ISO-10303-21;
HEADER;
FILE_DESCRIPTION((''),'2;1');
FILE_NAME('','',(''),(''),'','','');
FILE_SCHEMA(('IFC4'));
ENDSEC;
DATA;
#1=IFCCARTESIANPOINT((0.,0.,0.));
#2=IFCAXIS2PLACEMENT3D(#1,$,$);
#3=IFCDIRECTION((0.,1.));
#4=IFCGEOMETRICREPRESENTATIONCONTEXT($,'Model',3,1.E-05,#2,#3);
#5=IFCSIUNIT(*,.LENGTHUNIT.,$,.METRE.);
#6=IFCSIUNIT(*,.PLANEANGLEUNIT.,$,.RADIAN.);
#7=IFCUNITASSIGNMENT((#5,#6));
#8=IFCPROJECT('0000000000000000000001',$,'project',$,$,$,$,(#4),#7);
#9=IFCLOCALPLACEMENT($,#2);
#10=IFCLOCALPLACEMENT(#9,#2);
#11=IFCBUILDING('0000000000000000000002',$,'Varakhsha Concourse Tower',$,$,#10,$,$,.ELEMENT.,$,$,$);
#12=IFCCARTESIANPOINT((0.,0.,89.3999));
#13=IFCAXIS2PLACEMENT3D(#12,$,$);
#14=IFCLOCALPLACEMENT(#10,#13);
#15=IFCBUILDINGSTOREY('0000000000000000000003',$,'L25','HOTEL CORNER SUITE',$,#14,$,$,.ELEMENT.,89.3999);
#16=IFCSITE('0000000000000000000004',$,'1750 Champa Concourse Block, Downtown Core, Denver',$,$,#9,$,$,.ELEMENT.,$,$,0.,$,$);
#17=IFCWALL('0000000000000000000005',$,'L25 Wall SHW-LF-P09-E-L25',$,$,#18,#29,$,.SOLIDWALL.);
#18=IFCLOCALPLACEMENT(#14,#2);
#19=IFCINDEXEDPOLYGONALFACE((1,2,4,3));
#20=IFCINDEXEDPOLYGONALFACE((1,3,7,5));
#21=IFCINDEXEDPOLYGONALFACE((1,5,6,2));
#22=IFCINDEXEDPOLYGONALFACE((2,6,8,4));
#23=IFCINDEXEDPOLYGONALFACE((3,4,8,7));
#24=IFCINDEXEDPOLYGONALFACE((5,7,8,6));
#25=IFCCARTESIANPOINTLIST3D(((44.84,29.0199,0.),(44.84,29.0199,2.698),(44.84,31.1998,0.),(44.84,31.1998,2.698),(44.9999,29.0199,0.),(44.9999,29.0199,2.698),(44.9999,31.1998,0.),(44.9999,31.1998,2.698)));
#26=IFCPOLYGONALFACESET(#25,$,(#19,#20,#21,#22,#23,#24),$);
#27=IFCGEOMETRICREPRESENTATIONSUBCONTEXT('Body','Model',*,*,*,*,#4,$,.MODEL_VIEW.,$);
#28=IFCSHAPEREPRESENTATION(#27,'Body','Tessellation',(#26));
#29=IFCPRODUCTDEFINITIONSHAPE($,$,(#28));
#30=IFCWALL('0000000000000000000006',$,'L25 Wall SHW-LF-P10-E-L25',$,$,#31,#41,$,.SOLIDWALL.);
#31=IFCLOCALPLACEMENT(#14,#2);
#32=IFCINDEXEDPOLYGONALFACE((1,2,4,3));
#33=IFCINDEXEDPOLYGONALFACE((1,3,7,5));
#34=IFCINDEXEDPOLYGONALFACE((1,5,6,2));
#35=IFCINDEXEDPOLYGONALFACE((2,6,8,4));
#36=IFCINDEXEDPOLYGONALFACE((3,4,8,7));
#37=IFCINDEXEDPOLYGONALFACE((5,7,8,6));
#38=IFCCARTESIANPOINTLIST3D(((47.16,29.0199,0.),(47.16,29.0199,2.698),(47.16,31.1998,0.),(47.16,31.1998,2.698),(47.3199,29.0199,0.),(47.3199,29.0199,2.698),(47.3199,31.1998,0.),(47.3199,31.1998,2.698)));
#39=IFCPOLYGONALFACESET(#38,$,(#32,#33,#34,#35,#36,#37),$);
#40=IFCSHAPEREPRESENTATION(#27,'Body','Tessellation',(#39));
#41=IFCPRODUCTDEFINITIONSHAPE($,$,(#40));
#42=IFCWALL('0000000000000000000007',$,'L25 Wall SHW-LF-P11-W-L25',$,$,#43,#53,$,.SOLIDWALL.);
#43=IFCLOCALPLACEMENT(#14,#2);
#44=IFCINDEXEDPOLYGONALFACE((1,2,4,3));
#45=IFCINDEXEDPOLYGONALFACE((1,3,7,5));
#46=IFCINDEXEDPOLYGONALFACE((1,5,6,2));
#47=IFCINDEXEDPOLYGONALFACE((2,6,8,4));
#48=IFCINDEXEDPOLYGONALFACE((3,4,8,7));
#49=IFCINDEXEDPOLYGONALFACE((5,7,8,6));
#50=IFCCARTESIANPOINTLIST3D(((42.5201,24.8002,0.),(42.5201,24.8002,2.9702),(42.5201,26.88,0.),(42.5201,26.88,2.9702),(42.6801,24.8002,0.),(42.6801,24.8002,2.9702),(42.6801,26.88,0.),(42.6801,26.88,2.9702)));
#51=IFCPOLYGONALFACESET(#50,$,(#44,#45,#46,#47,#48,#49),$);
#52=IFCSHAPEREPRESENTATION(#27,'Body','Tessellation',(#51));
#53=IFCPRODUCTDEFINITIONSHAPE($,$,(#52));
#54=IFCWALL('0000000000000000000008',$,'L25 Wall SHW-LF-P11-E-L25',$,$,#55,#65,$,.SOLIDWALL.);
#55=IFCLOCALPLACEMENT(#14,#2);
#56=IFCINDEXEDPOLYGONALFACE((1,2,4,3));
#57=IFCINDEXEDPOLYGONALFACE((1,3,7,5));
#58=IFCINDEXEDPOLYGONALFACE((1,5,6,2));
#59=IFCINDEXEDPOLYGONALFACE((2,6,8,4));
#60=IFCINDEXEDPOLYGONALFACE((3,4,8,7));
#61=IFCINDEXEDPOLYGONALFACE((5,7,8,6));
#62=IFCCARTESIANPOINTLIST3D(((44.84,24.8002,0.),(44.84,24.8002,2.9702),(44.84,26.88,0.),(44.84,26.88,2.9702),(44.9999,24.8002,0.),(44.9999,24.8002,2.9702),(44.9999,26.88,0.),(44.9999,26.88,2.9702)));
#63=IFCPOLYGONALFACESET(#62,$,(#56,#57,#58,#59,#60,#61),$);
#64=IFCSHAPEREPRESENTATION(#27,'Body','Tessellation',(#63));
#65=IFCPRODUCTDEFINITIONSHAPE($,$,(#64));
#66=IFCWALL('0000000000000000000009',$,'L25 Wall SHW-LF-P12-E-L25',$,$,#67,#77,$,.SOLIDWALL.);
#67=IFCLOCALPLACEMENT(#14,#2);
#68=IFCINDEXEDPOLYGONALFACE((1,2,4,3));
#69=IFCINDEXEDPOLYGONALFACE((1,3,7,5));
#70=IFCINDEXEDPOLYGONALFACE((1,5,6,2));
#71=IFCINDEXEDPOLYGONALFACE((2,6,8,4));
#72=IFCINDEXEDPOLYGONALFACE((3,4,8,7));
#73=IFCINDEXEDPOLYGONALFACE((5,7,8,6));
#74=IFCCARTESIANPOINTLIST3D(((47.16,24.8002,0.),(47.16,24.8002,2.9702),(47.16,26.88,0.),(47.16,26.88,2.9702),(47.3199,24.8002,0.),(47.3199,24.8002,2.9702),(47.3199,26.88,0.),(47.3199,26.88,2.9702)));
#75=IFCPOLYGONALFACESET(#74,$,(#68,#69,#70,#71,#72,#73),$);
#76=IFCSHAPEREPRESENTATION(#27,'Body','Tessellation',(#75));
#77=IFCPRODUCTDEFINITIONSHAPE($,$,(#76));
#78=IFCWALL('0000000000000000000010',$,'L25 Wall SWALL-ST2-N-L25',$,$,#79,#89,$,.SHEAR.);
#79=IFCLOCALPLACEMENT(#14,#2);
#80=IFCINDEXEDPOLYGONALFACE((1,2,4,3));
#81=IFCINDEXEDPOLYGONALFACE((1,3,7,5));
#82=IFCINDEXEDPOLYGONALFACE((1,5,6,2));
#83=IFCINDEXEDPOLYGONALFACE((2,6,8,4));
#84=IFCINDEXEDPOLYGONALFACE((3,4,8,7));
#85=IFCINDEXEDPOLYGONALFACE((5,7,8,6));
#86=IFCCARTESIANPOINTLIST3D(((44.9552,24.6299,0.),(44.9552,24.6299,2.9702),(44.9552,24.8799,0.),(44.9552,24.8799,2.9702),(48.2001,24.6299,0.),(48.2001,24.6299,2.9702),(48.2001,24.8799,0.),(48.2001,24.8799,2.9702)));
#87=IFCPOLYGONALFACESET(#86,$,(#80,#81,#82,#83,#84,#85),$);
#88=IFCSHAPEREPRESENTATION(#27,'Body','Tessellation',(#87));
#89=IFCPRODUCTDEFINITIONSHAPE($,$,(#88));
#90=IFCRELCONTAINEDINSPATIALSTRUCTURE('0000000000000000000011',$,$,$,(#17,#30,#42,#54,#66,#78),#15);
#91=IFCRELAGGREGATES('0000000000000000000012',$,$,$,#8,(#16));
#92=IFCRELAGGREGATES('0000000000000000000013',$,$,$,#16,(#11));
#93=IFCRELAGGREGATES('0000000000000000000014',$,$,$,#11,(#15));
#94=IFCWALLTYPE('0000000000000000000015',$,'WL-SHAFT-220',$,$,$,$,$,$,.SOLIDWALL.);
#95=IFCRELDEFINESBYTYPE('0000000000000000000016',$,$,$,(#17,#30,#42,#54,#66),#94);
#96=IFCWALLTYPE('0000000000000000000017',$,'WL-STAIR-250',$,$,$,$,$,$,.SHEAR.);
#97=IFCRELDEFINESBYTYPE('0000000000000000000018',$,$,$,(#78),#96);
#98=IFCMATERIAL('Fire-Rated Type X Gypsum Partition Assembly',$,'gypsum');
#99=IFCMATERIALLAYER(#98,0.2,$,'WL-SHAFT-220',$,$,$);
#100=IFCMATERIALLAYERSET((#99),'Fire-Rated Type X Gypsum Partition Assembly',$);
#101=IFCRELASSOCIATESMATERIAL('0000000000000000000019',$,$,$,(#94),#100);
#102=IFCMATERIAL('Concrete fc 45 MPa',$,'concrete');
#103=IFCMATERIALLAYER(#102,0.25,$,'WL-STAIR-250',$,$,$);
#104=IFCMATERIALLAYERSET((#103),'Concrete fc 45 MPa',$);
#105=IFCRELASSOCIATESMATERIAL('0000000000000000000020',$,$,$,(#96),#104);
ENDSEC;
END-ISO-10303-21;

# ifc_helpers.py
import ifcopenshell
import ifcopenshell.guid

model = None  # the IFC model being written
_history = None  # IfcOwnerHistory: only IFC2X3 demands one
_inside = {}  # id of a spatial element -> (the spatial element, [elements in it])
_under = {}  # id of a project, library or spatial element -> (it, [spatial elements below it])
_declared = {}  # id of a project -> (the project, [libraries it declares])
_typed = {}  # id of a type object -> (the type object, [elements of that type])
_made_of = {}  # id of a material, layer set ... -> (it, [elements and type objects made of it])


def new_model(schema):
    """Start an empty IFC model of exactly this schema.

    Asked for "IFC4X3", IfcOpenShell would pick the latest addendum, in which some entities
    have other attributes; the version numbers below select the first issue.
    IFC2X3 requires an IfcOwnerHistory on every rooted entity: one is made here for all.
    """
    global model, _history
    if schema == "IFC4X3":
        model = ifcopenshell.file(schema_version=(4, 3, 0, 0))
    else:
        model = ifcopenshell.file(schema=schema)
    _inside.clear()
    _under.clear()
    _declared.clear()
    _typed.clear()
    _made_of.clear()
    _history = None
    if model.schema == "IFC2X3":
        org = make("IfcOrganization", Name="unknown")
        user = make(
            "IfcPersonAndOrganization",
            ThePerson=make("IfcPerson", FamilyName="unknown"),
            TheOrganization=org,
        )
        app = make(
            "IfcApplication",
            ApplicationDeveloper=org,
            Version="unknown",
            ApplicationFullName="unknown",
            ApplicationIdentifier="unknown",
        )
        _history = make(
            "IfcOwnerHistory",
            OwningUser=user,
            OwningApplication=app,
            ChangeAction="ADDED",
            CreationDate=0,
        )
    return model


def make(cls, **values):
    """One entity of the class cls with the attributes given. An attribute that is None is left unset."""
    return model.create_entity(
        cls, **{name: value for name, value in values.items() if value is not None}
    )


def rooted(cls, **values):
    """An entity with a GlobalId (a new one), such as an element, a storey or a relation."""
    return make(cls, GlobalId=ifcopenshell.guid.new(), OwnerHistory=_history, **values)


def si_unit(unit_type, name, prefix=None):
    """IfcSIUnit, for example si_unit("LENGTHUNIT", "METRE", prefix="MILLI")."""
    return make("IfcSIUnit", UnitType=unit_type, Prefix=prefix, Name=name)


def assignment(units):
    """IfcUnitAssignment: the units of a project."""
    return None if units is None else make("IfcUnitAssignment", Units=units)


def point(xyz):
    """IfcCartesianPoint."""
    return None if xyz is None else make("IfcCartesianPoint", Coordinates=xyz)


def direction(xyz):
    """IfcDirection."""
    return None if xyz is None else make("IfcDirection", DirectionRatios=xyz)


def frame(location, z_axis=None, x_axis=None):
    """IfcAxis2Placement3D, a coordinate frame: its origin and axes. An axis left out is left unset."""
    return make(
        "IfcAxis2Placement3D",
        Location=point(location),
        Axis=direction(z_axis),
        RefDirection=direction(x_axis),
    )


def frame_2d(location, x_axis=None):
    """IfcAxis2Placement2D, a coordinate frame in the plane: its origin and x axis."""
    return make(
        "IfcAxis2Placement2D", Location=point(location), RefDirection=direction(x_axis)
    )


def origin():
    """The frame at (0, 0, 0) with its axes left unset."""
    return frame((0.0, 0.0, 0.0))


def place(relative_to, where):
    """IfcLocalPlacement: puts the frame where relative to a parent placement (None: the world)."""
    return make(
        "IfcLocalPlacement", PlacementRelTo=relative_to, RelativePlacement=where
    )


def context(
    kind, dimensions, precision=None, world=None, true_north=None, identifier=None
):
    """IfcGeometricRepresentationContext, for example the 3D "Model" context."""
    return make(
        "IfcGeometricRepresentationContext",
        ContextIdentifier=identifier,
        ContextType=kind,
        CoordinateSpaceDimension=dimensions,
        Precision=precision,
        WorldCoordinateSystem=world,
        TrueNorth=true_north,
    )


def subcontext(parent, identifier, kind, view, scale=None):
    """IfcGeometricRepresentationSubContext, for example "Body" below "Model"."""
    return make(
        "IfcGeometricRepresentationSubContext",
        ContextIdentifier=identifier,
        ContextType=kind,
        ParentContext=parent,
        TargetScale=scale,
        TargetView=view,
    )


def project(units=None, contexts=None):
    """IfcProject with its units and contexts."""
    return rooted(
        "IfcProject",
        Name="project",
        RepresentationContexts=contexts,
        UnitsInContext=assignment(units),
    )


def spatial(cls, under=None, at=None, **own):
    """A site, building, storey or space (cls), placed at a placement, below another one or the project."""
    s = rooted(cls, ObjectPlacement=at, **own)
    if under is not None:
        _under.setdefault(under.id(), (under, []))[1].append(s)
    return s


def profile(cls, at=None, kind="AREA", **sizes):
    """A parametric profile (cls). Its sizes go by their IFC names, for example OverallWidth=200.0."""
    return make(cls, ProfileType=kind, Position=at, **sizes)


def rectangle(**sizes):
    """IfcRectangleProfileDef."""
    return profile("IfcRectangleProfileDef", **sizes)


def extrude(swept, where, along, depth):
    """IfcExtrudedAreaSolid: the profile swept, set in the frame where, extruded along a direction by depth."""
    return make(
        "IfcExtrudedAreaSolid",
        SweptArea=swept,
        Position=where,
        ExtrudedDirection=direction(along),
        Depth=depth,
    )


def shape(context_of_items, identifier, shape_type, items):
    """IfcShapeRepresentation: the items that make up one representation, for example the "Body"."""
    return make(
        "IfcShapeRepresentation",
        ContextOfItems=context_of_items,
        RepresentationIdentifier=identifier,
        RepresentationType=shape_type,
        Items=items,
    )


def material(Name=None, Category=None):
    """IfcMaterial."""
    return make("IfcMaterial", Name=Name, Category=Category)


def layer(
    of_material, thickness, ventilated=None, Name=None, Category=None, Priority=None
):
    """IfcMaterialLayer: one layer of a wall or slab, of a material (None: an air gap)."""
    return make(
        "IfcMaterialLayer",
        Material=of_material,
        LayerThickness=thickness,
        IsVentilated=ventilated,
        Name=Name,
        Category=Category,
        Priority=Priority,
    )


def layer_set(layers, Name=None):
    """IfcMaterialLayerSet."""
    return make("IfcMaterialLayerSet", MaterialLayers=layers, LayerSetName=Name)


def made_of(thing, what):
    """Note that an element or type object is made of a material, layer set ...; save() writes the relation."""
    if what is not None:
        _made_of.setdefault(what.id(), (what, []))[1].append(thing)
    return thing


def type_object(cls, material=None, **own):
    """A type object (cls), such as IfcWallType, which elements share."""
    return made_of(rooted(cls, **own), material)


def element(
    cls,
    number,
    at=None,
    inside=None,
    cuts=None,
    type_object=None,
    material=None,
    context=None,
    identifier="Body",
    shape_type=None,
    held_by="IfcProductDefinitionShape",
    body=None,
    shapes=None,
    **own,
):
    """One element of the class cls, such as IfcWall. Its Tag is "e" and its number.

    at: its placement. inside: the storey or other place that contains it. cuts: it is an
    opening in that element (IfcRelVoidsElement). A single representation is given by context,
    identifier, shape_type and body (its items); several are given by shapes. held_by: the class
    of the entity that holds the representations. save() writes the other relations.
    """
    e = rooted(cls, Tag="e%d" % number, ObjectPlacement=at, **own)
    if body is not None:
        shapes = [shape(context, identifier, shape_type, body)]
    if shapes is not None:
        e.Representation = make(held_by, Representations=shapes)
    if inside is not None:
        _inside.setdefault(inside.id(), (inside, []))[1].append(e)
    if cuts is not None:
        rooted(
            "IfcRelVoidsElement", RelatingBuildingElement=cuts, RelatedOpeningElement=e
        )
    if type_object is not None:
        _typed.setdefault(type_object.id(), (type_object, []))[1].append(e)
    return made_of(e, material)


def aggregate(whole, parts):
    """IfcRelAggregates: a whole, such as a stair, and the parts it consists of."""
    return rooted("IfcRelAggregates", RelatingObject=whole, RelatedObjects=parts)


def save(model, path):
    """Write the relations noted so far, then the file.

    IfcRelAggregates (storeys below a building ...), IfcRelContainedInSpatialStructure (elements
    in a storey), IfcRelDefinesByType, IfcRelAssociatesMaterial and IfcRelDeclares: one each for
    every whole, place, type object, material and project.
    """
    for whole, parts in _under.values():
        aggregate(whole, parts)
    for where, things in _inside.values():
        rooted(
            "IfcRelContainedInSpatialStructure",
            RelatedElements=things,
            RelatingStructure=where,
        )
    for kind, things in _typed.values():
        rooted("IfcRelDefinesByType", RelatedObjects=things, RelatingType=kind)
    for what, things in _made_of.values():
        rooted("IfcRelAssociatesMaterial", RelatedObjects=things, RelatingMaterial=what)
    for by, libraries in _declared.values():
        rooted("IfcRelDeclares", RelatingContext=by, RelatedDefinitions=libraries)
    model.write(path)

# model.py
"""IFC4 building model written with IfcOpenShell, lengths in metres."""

from ifc_helpers import new_model, si_unit, direction, frame, frame_2d, origin, place, context, subcontext, project, spatial, rectangle, extrude, material, layer, layer_set, type_object, element, save


model = new_model("IFC4")

# Units and contexts
model_context = context("Model", 3, precision=1e-05, world=origin(), true_north=direction((0.0, 1.0)))
body_context = subcontext(model_context, "Body", "Model", "MODEL_VIEW")
ifc_project = project(units=[si_unit("LENGTHUNIT", "METRE"), si_unit("PLANEANGLEUNIT", "RADIAN")], contexts=[model_context])

# Site, building, storey
site_placement = place(None, origin())
site = spatial("IfcSite", under=ifc_project, at=site_placement, Name="1750 Champa Concourse Block, Downtown Core, Denver", CompositionType="ELEMENT", RefElevation=0.0)
building_placement = place(site_placement, origin())
building = spatial("IfcBuilding", under=site, at=building_placement, Name="Varakhsha Concourse Tower", CompositionType="ELEMENT")
storey_placement = place(building_placement, frame((0.0, 0.0, 89.3999)))
storey = spatial("IfcBuildingStorey", under=building, at=storey_placement, Name="L25", Description="HOTEL CORNER SUITE", CompositionType="ELEMENT", Elevation=89.3999)

# Walls
ifc_material_1 = material(Name="Fire-Rated Type X Gypsum Partition Assembly", Category="gypsum")
ifc_layer_1 = layer(ifc_material_1, 0.2, Name="WL-SHAFT-220")
ifc_layer_set_1 = layer_set([ifc_layer_1], Name="Fire-Rated Type X Gypsum Partition Assembly")
wall_type_1 = type_object("IfcWallType", Name="WL-SHAFT-220", PredefinedType="SOLIDWALL", material=ifc_layer_set_1)
for number, where, z_axis, x_axis, name in (
    (1, (44.9199, 29.02, 0.0), (0.0, 0.0, 1.0), (0.0, 1.0, 0.0), "L25 Wall SHW-LF-P09-E-L25"),
    (2, (47.24, 29.02, 0.0), (0.0, 0.0, 1.0), (0.0, 1.0, 0.0), "L25 Wall SHW-LF-P10-E-L25"),
):
    element("IfcWall", number, at=place(storey_placement, frame(where, z_axis=z_axis, x_axis=x_axis)), inside=storey, type_object=wall_type_1, Name=name, PredefinedType="SOLIDWALL", context=body_context, shape_type="SweptSolid", body=[
        extrude(rectangle(XDim=2.1799, YDim=0.1599, at=frame_2d((1.0898, 0.0))), origin(), (0.0, 0.0, 1.0), 2.698),
    ])
for number, where, z_axis, x_axis, name in (
    (3, (42.6001, 24.8, 0.0), (0.0, 0.0, 1.0), (0.0, 1.0, 0.0), "L25 Wall SHW-LF-P11-W-L25"),
    (4, (44.9199, 24.8, 0.0), (0.0, 0.0, 1.0), (0.0, 1.0, 0.0), "L25 Wall SHW-LF-P11-E-L25"),
    (5, (47.24, 24.8, 0.0), (0.0, 0.0, 1.0), (0.0, 1.0, 0.0), "L25 Wall SHW-LF-P12-E-L25"),
):
    element("IfcWall", number, at=place(storey_placement, frame(where, z_axis=z_axis, x_axis=x_axis)), inside=storey, type_object=wall_type_1, Name=name, PredefinedType="SOLIDWALL", context=body_context, shape_type="SweptSolid", body=[
        extrude(rectangle(XDim=2.0798, YDim=0.1599, at=frame_2d((1.04, 0.0))), origin(), (0.0, 0.0, 1.0), 2.9702),
    ])
ifc_material_2 = material(Name="Concrete fc 45 MPa", Category="concrete")
ifc_layer_2 = layer(ifc_material_2, 0.25, Name="WL-STAIR-250")
ifc_layer_set_2 = layer_set([ifc_layer_2], Name="Concrete fc 45 MPa")
wall_type_2 = type_object("IfcWallType", Name="WL-STAIR-250", PredefinedType="SHEAR", material=ifc_layer_set_2)
wall_1_placement = place(storey_placement, frame((44.9551, 24.7549, 0.0), z_axis=(0.0, 0.0, 1.0), x_axis=(1.0, 0.0, 0.0)))
element("IfcWall", 6, at=wall_1_placement, inside=storey, type_object=wall_type_2, Name="L25 Wall SWALL-ST2-N-L25", PredefinedType="SHEAR", context=body_context, shape_type="SweptSolid", body=[
    extrude(rectangle(XDim=3.2449, YDim=0.25, at=frame_2d((1.6226, 0.0))), origin(), (0.0, 0.0, 1.0), 2.9702),
])

save(model, "model.ifc")
